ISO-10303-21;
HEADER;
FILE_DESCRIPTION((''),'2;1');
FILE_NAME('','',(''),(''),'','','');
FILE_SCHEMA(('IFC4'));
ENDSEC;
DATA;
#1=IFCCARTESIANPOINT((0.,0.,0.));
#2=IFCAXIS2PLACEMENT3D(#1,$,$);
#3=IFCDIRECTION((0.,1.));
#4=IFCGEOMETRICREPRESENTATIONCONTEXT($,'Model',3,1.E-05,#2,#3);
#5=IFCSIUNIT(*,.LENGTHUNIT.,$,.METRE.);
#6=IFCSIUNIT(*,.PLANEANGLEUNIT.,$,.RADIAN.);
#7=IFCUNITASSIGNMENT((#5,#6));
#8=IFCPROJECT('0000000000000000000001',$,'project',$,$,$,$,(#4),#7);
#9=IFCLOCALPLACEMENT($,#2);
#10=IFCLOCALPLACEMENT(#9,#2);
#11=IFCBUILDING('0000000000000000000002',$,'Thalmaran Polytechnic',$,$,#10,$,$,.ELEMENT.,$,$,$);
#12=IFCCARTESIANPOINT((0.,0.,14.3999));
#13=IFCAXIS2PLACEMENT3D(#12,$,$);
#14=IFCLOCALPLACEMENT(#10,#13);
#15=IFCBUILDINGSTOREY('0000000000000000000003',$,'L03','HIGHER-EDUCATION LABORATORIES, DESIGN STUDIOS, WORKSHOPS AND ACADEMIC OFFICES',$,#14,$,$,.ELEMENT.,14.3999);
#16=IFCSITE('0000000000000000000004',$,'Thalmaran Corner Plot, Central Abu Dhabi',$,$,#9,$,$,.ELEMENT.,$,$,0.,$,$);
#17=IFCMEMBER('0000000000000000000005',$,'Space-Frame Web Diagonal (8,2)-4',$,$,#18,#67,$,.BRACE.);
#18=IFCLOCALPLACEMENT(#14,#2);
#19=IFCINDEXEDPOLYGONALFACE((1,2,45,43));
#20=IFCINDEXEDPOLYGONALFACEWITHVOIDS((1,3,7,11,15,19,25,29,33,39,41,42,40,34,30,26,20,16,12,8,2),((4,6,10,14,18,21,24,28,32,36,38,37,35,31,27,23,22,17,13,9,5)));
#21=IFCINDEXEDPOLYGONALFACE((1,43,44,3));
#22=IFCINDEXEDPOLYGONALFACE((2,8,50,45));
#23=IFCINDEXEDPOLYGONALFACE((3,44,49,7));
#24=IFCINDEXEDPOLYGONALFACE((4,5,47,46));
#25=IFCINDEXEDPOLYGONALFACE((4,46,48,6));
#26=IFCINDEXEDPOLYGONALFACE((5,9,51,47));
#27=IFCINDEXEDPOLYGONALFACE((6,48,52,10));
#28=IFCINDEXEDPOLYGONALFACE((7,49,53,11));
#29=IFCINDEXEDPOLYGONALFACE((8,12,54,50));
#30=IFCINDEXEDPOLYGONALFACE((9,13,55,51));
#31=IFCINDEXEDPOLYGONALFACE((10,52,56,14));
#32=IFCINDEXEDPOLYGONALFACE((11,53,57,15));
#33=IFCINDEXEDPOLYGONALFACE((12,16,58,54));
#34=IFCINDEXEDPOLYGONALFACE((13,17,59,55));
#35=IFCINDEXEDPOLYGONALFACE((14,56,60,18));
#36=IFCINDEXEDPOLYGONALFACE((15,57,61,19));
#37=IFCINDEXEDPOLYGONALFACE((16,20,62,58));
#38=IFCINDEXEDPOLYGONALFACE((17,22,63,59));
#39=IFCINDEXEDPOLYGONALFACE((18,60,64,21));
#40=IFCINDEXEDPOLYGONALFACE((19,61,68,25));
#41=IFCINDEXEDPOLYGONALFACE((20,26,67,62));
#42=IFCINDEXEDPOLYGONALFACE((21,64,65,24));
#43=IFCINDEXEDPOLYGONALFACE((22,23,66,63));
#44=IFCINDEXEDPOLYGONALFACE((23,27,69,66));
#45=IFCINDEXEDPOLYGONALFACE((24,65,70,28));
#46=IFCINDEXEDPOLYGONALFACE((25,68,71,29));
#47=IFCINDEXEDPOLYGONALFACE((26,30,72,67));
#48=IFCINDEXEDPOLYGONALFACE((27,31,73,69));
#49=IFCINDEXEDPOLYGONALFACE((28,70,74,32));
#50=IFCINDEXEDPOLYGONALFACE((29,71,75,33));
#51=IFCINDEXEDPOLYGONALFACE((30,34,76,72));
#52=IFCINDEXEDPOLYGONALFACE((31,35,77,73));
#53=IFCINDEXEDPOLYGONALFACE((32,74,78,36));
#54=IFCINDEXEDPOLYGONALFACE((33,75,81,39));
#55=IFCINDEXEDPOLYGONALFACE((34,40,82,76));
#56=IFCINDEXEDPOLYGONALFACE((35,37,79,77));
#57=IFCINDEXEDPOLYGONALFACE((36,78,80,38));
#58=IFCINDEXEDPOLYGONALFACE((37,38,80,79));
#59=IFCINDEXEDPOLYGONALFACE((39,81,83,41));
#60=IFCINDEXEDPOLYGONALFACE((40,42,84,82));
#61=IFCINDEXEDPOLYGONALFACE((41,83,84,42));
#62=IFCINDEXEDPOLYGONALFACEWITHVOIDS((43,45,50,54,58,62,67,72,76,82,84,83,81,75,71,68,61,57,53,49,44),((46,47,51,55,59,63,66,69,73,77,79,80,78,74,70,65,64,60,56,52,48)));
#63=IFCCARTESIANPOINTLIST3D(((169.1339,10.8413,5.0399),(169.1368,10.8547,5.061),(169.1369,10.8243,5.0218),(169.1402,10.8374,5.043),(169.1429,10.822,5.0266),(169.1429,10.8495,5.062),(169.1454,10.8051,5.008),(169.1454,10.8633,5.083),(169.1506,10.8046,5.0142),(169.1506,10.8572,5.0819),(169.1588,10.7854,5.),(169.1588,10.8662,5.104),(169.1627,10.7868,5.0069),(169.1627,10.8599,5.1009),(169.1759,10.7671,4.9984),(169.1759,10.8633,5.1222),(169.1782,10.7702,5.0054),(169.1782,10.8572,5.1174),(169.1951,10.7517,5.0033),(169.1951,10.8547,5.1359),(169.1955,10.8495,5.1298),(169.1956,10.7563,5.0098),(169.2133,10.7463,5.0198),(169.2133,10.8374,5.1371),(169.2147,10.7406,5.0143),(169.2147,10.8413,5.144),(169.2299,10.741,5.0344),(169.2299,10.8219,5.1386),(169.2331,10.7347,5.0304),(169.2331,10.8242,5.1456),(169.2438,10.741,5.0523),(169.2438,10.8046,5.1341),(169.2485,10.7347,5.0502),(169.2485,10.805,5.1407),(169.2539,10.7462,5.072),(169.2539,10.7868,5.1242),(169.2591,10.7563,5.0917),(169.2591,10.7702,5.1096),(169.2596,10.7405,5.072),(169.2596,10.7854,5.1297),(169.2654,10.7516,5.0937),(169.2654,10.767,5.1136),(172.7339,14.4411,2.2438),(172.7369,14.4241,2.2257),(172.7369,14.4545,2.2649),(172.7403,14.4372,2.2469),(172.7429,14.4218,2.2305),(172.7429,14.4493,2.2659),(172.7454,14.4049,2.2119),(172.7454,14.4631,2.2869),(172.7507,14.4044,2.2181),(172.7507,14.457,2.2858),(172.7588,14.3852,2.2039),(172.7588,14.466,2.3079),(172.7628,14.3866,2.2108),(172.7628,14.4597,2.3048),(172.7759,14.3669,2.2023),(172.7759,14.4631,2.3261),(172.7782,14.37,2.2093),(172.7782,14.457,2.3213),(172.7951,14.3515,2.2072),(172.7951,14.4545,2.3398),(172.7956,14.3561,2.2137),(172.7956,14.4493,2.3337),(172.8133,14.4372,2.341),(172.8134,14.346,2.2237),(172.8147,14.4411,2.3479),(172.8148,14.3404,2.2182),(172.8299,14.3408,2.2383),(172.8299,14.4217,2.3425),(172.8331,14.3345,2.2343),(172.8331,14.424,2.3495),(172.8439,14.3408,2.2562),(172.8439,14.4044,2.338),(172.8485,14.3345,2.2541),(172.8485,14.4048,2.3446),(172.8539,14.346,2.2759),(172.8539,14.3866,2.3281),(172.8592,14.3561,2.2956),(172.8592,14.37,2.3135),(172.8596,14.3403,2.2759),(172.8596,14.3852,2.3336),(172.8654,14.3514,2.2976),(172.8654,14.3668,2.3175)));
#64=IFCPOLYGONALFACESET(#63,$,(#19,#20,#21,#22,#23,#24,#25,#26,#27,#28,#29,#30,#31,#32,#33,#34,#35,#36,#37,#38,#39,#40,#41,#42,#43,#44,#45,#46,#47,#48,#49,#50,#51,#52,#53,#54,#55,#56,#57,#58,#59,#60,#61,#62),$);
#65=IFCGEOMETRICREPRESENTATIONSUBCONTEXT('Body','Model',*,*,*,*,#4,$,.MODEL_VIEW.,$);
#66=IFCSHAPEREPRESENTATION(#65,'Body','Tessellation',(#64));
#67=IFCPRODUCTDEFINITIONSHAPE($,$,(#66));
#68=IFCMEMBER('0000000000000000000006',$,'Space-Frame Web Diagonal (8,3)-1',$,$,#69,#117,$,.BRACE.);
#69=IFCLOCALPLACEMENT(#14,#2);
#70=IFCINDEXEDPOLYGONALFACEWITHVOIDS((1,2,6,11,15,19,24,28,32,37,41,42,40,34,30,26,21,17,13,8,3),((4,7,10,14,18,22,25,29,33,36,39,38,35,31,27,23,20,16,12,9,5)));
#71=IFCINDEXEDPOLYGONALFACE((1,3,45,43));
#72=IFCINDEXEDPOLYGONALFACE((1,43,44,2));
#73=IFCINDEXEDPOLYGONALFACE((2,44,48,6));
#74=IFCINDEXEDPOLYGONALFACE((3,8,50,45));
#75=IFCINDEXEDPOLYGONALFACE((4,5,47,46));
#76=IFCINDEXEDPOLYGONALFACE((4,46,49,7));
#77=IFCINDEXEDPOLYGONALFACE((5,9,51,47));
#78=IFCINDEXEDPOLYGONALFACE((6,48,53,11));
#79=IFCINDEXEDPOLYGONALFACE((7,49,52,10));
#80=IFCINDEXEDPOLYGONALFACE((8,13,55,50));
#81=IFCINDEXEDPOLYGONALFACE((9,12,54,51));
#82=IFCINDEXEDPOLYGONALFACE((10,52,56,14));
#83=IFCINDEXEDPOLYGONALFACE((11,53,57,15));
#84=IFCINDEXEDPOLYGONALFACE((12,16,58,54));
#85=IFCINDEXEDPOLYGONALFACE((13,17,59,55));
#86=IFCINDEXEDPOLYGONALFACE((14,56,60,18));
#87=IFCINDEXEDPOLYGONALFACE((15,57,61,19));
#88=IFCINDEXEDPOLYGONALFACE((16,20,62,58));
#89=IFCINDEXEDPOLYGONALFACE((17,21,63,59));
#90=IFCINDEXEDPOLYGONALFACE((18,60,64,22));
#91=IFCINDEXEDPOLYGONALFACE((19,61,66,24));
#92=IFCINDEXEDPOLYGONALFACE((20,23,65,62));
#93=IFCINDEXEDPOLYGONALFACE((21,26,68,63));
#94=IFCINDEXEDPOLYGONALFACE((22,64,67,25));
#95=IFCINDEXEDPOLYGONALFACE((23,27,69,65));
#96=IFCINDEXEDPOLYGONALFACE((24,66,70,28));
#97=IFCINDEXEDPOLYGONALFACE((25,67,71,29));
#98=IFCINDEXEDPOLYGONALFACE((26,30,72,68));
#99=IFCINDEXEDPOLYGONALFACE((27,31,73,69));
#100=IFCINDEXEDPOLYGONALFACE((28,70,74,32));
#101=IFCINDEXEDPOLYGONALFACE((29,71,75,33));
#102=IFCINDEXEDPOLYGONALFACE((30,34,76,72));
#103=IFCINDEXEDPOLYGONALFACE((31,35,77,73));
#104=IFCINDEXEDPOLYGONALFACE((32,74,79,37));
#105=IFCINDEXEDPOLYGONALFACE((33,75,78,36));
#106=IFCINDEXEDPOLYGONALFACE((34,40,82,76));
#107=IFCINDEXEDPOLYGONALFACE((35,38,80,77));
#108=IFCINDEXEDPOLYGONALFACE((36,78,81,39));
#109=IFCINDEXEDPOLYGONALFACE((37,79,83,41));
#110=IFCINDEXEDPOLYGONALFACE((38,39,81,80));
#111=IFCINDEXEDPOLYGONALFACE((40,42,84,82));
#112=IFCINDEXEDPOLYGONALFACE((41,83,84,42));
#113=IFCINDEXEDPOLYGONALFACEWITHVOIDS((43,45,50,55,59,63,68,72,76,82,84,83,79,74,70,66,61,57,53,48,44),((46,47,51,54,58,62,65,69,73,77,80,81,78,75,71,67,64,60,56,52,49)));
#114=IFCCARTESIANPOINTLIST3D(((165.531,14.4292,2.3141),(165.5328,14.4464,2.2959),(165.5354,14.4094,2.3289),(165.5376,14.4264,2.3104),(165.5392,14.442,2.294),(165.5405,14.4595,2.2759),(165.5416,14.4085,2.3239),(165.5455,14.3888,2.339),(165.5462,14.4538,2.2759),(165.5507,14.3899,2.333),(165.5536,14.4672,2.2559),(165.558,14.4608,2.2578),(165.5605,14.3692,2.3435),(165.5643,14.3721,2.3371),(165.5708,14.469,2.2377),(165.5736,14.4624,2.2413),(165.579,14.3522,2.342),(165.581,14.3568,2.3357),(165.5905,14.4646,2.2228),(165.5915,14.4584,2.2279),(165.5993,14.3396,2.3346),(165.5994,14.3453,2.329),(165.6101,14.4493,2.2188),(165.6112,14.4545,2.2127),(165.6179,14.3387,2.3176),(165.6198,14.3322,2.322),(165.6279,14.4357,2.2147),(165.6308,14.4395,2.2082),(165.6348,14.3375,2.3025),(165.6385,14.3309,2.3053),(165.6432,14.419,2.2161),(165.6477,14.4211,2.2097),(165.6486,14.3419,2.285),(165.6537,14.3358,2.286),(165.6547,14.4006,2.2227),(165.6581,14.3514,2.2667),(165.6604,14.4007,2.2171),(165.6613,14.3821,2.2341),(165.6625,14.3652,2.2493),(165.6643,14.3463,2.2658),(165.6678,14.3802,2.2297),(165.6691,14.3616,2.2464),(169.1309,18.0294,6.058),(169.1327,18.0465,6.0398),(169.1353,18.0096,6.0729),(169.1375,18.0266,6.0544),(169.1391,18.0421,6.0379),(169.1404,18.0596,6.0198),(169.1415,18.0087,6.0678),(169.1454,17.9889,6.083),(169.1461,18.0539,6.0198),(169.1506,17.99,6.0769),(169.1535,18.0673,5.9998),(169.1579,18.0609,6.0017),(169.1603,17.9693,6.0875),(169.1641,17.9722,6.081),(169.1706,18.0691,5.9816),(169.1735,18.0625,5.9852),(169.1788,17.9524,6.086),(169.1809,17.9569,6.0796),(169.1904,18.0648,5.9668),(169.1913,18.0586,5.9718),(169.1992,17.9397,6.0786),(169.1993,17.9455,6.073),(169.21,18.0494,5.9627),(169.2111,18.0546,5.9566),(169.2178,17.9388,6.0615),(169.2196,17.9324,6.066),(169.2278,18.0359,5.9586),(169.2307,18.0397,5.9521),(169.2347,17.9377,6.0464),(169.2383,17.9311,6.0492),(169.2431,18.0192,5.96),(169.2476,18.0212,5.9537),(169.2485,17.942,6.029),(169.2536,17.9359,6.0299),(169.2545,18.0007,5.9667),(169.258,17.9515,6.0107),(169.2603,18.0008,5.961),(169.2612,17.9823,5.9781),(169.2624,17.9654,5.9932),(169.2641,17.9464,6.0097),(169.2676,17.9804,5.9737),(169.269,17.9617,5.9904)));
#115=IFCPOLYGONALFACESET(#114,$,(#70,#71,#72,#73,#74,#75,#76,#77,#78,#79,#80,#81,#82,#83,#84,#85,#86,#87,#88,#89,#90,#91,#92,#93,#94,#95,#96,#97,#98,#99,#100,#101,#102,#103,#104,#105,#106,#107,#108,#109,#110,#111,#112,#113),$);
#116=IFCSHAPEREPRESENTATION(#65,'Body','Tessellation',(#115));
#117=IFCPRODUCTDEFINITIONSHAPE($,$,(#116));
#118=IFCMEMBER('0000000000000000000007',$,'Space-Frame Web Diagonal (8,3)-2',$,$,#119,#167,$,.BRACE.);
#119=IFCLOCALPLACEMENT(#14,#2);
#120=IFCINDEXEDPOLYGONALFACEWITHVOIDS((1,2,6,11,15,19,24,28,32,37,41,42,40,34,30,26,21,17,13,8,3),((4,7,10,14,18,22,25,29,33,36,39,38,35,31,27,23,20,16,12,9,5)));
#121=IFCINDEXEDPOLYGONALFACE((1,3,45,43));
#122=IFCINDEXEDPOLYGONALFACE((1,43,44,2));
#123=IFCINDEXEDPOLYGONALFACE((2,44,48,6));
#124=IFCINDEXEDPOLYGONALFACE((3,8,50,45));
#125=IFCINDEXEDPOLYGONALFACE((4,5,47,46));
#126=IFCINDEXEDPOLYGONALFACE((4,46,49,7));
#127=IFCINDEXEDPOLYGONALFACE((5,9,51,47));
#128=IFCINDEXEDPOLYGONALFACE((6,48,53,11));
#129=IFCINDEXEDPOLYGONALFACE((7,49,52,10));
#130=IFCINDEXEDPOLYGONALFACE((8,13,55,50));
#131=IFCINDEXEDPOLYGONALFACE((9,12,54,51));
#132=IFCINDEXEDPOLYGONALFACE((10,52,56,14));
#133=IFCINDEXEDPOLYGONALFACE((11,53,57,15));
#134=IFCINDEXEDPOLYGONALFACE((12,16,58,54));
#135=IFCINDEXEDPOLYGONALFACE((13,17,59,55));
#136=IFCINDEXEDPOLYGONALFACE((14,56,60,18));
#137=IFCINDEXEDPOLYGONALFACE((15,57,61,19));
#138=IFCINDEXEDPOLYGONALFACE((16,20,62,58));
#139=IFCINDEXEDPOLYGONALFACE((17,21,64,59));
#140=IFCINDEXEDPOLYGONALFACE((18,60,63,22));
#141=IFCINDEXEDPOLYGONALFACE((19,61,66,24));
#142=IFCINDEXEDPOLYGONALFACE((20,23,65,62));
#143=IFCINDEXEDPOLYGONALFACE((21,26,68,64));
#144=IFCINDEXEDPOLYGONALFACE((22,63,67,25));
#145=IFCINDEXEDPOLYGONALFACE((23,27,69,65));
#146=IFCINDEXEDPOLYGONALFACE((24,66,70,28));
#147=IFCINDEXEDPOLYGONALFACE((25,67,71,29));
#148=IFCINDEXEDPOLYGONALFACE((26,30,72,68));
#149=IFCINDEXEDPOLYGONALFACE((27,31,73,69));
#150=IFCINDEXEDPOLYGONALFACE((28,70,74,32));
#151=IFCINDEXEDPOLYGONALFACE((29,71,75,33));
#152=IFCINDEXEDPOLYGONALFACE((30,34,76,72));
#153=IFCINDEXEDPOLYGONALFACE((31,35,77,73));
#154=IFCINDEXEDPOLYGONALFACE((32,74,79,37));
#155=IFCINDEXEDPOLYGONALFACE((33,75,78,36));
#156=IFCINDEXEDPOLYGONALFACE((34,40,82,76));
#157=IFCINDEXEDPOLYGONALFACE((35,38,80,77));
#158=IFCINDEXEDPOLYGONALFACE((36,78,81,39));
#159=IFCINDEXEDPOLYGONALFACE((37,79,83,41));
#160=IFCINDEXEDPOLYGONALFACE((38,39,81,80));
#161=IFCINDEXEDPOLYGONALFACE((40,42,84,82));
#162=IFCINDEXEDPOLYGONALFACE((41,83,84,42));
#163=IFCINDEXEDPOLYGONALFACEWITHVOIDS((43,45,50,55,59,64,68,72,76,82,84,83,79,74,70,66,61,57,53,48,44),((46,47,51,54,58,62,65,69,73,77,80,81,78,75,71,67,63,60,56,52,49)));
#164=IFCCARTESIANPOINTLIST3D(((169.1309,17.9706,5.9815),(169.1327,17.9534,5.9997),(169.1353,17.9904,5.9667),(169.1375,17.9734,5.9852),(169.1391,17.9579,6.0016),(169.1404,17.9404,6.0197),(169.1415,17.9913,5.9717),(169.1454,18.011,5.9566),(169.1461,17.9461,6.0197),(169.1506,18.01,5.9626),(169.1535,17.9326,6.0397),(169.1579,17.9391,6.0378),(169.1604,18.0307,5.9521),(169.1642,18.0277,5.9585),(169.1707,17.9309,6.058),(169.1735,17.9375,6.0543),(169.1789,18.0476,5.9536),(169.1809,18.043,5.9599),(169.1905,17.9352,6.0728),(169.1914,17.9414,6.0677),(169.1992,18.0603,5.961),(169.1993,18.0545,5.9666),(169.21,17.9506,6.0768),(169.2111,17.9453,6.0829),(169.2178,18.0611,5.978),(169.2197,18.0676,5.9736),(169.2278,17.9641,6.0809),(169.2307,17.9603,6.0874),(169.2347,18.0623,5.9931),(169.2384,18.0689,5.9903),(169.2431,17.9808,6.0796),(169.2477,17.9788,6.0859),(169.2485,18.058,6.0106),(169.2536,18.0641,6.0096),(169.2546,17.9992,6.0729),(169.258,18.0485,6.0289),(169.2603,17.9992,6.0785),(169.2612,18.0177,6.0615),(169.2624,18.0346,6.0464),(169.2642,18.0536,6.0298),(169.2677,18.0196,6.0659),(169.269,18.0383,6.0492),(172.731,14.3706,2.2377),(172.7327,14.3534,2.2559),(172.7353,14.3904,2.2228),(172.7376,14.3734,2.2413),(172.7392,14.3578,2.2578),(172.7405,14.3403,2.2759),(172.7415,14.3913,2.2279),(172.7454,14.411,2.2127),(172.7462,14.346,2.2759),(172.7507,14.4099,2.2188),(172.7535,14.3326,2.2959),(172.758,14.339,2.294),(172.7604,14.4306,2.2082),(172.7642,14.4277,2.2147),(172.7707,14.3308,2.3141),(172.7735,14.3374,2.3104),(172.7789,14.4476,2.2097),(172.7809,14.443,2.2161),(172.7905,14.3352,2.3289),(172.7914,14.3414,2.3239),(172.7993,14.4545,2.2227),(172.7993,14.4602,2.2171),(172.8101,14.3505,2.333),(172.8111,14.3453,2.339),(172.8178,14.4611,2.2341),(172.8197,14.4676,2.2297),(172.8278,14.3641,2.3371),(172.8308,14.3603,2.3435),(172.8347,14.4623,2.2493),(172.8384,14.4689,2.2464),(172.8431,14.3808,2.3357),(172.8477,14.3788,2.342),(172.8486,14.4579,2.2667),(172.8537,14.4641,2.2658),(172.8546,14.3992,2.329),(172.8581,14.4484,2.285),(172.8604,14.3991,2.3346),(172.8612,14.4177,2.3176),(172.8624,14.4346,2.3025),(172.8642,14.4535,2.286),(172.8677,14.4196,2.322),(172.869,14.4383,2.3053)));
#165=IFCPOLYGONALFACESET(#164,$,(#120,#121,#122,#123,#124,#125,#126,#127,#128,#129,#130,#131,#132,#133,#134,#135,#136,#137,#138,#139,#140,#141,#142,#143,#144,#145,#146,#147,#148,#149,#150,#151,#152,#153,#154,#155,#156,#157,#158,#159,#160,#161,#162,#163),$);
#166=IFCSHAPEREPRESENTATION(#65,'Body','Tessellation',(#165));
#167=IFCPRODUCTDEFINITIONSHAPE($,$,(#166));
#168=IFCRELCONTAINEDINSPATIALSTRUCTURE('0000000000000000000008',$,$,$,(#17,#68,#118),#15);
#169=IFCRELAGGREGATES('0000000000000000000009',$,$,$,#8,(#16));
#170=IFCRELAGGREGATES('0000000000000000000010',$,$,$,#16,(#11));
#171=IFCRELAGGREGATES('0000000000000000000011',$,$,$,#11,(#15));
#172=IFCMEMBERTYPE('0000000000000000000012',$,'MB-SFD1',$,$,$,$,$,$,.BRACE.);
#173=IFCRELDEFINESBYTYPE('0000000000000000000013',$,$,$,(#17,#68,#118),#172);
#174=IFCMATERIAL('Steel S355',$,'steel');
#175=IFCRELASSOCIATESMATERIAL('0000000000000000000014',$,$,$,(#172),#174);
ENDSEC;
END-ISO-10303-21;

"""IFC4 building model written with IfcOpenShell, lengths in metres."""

from ifc_helpers import new_model, si_unit, direction, frame, origin, origin_2d, place, context, subcontext, project, spatial, hollow_circle, extrude, material, material_profile, profile_set, type_object, element, save


model = new_model("IFC4")

# Units and contexts
model_context = context("Model", 3, precision=1e-05, world=origin(), true_north=direction((0.0, 1.0)))
body_context = subcontext(model_context, "Body", "Model", "MODEL_VIEW")
ifc_project = project(units=[si_unit("LENGTHUNIT", "METRE"), si_unit("PLANEANGLEUNIT", "RADIAN")], contexts=[model_context])

# Site, building, storey
site_placement = place(None, origin())
site = spatial("IfcSite", under=ifc_project, at=site_placement, Name="Thalmaran Corner Plot, Central Abu Dhabi", CompositionType="ELEMENT", RefElevation=0.0)
building_placement = place(site_placement, origin())
building = spatial("IfcBuilding", under=site, at=building_placement, Name="Thalmaran Polytechnic", CompositionType="ELEMENT")
storey_placement = place(building_placement, frame((0.0, 0.0, 14.3999)))
storey = spatial("IfcBuildingStorey", under=building, at=storey_placement, Name="L03", Description="HIGHER-EDUCATION LABORATORIES, DESIGN STUDIOS, WORKSHOPS AND ACADEMIC OFFICES", CompositionType="ELEMENT", Elevation=14.3999)

# Shared definitions
ifc_material_1 = material(Name="Steel S355", Category="steel")

# Members
ifc_material_profile_1 = material_profile(ifc_material_1, hollow_circle(Radius=0.0842, WallThickness=0.0081, at=origin_2d()), Name="CHS 168.3x8.0")
ifc_profile_set_1 = profile_set([ifc_material_profile_1], Name="Steel S355")
member_type_1 = type_object("IfcMemberType", Name="MB-SFD1", PredefinedType="BRACE", material=ifc_profile_set_1)
for number, where, z_axis, x_axis, name in (
    (1, (172.8, 14.3999, 2.2759), (-0.619804, -0.619762, 0.481392), (0.707083, -0.707131, 0.0), "Space-Frame Web Diagonal (8,2)-4"),
):
    element("IfcMember", number, at=place(storey_placement, frame(where, z_axis=z_axis, x_axis=x_axis)), inside=storey, type_object=member_type_1, Name=name, PredefinedType="BRACE", context=body_context, shape_type="SweptSolid", body=[
        extrude(hollow_circle(Radius=0.0842, WallThickness=0.0081, at=origin_2d()), origin(), (0.0, 0.0, 1.0), 5.8083),
    ])
for number, where, z_axis, x_axis, name in (
    (2, (165.6001, 14.3999, 2.2759), (0.56964, 0.569678, 0.592433), (-0.707131, 0.707083, 0.0), "Space-Frame Web Diagonal (8,3)-1"),
    (3, (172.8, 14.3999, 2.2759), (-0.569666, 0.569666, 0.59242), (-0.707107, -0.707107, 0.0), "Space-Frame Web Diagonal (8,3)-2"),
):
    element("IfcMember", number, at=place(storey_placement, frame(where, z_axis=z_axis, x_axis=x_axis)), inside=storey, type_object=member_type_1, Name=name, PredefinedType="BRACE", context=body_context, shape_type="SweptSolid", body=[
        extrude(hollow_circle(Radius=0.0842, WallThickness=0.0081, at=origin_2d()), origin(), (0.0, 0.0, 1.0), 6.3196),
    ])

save(model, "model.ifc")
